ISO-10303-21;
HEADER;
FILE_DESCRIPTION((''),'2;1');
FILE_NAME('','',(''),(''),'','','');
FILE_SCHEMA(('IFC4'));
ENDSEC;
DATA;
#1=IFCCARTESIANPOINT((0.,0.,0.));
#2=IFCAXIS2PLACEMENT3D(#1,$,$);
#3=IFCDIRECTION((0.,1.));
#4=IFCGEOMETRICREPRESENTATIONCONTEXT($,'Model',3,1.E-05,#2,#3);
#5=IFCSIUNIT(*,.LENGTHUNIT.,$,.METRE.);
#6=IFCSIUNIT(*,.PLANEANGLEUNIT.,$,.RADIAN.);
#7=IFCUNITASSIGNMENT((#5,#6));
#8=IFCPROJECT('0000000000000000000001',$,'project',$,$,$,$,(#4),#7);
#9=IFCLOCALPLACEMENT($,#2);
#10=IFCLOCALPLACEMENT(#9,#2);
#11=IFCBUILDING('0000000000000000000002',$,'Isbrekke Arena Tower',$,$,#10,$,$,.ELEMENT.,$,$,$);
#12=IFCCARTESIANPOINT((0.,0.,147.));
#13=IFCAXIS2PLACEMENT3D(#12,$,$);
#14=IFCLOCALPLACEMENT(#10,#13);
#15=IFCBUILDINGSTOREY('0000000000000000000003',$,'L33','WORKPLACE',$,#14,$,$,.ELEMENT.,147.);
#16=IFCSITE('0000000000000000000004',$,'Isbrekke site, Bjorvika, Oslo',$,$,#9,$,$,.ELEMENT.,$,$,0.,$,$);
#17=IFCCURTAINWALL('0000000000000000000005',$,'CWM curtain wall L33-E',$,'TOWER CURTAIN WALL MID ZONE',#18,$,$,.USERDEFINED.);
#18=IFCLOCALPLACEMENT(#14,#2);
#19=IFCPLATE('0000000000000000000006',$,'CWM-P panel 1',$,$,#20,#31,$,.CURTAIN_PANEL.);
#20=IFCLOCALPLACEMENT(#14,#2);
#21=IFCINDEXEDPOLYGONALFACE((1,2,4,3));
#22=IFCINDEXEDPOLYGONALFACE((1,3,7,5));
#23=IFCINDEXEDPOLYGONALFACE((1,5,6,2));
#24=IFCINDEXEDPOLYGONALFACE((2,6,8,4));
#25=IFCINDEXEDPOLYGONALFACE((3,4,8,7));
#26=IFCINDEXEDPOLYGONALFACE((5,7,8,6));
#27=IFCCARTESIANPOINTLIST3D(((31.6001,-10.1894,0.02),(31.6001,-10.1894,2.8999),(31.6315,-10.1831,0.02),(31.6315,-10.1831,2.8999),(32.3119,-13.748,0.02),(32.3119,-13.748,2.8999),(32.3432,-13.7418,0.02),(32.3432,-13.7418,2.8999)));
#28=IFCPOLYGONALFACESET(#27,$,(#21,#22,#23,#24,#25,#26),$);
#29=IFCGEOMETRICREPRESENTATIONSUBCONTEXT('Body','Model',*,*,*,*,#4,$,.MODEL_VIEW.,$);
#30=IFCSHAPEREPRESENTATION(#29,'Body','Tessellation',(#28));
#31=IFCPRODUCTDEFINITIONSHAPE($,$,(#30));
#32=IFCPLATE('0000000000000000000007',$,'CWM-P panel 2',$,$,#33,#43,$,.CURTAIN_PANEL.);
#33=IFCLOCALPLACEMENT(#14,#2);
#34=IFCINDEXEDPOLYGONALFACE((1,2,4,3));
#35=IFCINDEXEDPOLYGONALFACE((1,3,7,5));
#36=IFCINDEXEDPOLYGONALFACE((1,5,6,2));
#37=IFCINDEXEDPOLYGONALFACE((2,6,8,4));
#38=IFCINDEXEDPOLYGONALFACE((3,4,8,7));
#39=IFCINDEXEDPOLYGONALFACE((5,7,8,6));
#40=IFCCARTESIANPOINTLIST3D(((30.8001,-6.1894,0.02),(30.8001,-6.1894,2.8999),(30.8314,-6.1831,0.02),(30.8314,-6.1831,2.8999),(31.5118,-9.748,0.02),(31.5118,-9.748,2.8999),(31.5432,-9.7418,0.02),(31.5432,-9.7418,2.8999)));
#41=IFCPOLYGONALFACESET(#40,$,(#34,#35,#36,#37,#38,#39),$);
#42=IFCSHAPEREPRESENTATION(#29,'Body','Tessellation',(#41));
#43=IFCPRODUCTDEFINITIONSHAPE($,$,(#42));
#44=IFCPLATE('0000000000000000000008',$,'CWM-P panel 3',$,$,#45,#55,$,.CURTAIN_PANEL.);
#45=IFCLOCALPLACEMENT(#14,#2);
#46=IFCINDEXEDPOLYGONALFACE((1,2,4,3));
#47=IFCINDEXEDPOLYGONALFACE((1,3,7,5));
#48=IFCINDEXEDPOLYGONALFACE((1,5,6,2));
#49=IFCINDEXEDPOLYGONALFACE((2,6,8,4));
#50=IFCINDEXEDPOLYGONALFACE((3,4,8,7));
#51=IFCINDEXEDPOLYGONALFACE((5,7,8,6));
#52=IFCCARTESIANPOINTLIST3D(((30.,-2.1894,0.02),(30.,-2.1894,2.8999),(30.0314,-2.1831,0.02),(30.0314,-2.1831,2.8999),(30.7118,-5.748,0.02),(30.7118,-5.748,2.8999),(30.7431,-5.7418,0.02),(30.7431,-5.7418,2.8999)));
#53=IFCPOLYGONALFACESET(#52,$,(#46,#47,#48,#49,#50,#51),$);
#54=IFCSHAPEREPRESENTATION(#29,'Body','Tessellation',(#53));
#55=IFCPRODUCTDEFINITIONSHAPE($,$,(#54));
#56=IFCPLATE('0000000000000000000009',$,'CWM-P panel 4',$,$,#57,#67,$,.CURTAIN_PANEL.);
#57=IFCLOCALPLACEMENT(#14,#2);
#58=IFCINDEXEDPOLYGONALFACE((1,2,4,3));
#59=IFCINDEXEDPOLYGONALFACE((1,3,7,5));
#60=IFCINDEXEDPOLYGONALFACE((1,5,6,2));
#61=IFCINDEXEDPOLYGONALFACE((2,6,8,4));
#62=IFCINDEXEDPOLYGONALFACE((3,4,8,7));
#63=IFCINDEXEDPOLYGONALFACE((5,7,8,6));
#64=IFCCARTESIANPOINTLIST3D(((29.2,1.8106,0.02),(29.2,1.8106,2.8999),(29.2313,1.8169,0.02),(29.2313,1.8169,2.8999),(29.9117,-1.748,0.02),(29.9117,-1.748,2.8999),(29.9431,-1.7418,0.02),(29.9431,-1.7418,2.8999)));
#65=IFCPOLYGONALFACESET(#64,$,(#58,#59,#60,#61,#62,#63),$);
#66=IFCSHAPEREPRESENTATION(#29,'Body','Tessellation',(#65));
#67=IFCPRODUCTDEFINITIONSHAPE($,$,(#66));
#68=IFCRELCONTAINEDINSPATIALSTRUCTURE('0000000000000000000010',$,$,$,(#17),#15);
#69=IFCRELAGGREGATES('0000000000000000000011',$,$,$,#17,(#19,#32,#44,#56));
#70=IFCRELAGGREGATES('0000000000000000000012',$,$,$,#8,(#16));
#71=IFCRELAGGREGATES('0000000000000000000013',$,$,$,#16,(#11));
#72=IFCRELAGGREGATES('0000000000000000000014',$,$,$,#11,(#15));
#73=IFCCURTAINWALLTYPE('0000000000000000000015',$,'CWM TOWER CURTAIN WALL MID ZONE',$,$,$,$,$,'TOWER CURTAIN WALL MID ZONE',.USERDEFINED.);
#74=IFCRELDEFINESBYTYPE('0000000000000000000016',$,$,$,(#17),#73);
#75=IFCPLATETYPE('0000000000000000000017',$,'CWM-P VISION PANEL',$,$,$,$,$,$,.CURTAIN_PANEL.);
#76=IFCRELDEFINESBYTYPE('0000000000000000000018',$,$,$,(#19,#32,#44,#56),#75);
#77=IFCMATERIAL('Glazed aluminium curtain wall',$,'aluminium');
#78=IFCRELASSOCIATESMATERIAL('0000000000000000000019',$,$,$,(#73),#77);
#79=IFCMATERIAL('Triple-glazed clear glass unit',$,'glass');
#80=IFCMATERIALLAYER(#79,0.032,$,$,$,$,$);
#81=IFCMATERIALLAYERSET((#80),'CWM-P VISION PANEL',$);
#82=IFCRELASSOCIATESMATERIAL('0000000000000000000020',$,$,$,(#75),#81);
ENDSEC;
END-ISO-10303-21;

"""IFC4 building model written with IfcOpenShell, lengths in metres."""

from ifc_helpers import new_model, si_unit, direction, frame, origin, origin_2d, place, context, subcontext, project, spatial, rectangle, extrude, material, layer, layer_set, type_object, element, aggregate, save


model = new_model("IFC4")

# Units and contexts
model_context = context("Model", 3, precision=1e-05, world=origin(), true_north=direction((0.0, 1.0)))
body_context = subcontext(model_context, "Body", "Model", "MODEL_VIEW")
ifc_project = project(units=[si_unit("LENGTHUNIT", "METRE"), si_unit("PLANEANGLEUNIT", "RADIAN")], contexts=[model_context])

# Site, building, storey
site_placement = place(None, origin())
site = spatial("IfcSite", under=ifc_project, at=site_placement, Name="Isbrekke site, Bjorvika, Oslo", CompositionType="ELEMENT", RefElevation=0.0)
building_placement = place(site_placement, origin())
building = spatial("IfcBuilding", under=site, at=building_placement, Name="Isbrekke Arena Tower", CompositionType="ELEMENT")
storey_placement = place(building_placement, frame((0.0, 0.0, 147.0)))
storey = spatial("IfcBuildingStorey", under=building, at=storey_placement, Name="L33", Description="WORKPLACE", CompositionType="ELEMENT", Elevation=147.0)

# Curtain wall
ifc_material_1 = material(Name="Glazed aluminium curtain wall", Category="aluminium")
curtain_wall_type = type_object("IfcCurtainWallType", Name="CWM TOWER CURTAIN WALL MID ZONE", ElementType="TOWER CURTAIN WALL MID ZONE", PredefinedType="USERDEFINED", material=ifc_material_1)
curtain_wall_placement = place(storey_placement, origin())
curtain_wall = element("IfcCurtainWall", 1, at=curtain_wall_placement, inside=storey, type_object=curtain_wall_type, Name="CWM curtain wall L33-E", ObjectType="TOWER CURTAIN WALL MID ZONE", PredefinedType="USERDEFINED")

# Plates
ifc_material_2 = material(Name="Triple-glazed clear glass unit", Category="glass")
ifc_layer = layer(ifc_material_2, 0.032)
ifc_layer_set = layer_set([ifc_layer], Name="CWM-P VISION PANEL")
plate_type = type_object("IfcPlateType", Name="CWM-P VISION PANEL", PredefinedType="CURTAIN_PANEL", material=ifc_layer_set)
plate_1_placement = place(storey_placement, frame((31.9717, -11.9656, 0.02), z_axis=(0.0, 0.0, 1.0), x_axis=(-0.196116, 0.980581, 0.0)))
plate_1 = element("IfcPlate", 2, at=plate_1_placement, type_object=plate_type, Name="CWM-P panel 1", PredefinedType="CURTAIN_PANEL", context=body_context, shape_type="SweptSolid", body=[
    extrude(rectangle(XDim=3.6292, YDim=0.032, at=origin_2d()), origin(), (0.0, 0.0, 1.0), 2.8799),
])
plate_2_placement = place(storey_placement, frame((31.1716, -7.9656, 0.02), z_axis=(0.0, 0.0, 1.0), x_axis=(-0.196116, 0.980581, 0.0)))
plate_2 = element("IfcPlate", 3, at=plate_2_placement, type_object=plate_type, Name="CWM-P panel 2", PredefinedType="CURTAIN_PANEL", context=body_context, shape_type="SweptSolid", body=[
    extrude(rectangle(XDim=3.6292, YDim=0.032, at=origin_2d()), origin(), (0.0, 0.0, 1.0), 2.8799),
])
plate_3_placement = place(storey_placement, frame((30.3716, -3.9656, 0.02), z_axis=(0.0, 0.0, 1.0), x_axis=(-0.196116, 0.980581, 0.0)))
plate_3 = element("IfcPlate", 4, at=plate_3_placement, type_object=plate_type, Name="CWM-P panel 3", PredefinedType="CURTAIN_PANEL", context=body_context, shape_type="SweptSolid", body=[
    extrude(rectangle(XDim=3.6292, YDim=0.032, at=origin_2d()), origin(), (0.0, 0.0, 1.0), 2.8799),
])
plate_4_placement = place(storey_placement, frame((29.5715, 0.0344, 0.02), z_axis=(0.0, 0.0, 1.0), x_axis=(-0.196116, 0.980581, 0.0)))
plate_4 = element("IfcPlate", 5, at=plate_4_placement, type_object=plate_type, Name="CWM-P panel 4", PredefinedType="CURTAIN_PANEL", context=body_context, shape_type="SweptSolid", body=[
    extrude(rectangle(XDim=3.6292, YDim=0.032, at=origin_2d()), origin(), (0.0, 0.0, 1.0), 2.8799),
])
aggregate(curtain_wall, [plate_1, plate_2, plate_3, plate_4])

save(model, "model.ifc")
